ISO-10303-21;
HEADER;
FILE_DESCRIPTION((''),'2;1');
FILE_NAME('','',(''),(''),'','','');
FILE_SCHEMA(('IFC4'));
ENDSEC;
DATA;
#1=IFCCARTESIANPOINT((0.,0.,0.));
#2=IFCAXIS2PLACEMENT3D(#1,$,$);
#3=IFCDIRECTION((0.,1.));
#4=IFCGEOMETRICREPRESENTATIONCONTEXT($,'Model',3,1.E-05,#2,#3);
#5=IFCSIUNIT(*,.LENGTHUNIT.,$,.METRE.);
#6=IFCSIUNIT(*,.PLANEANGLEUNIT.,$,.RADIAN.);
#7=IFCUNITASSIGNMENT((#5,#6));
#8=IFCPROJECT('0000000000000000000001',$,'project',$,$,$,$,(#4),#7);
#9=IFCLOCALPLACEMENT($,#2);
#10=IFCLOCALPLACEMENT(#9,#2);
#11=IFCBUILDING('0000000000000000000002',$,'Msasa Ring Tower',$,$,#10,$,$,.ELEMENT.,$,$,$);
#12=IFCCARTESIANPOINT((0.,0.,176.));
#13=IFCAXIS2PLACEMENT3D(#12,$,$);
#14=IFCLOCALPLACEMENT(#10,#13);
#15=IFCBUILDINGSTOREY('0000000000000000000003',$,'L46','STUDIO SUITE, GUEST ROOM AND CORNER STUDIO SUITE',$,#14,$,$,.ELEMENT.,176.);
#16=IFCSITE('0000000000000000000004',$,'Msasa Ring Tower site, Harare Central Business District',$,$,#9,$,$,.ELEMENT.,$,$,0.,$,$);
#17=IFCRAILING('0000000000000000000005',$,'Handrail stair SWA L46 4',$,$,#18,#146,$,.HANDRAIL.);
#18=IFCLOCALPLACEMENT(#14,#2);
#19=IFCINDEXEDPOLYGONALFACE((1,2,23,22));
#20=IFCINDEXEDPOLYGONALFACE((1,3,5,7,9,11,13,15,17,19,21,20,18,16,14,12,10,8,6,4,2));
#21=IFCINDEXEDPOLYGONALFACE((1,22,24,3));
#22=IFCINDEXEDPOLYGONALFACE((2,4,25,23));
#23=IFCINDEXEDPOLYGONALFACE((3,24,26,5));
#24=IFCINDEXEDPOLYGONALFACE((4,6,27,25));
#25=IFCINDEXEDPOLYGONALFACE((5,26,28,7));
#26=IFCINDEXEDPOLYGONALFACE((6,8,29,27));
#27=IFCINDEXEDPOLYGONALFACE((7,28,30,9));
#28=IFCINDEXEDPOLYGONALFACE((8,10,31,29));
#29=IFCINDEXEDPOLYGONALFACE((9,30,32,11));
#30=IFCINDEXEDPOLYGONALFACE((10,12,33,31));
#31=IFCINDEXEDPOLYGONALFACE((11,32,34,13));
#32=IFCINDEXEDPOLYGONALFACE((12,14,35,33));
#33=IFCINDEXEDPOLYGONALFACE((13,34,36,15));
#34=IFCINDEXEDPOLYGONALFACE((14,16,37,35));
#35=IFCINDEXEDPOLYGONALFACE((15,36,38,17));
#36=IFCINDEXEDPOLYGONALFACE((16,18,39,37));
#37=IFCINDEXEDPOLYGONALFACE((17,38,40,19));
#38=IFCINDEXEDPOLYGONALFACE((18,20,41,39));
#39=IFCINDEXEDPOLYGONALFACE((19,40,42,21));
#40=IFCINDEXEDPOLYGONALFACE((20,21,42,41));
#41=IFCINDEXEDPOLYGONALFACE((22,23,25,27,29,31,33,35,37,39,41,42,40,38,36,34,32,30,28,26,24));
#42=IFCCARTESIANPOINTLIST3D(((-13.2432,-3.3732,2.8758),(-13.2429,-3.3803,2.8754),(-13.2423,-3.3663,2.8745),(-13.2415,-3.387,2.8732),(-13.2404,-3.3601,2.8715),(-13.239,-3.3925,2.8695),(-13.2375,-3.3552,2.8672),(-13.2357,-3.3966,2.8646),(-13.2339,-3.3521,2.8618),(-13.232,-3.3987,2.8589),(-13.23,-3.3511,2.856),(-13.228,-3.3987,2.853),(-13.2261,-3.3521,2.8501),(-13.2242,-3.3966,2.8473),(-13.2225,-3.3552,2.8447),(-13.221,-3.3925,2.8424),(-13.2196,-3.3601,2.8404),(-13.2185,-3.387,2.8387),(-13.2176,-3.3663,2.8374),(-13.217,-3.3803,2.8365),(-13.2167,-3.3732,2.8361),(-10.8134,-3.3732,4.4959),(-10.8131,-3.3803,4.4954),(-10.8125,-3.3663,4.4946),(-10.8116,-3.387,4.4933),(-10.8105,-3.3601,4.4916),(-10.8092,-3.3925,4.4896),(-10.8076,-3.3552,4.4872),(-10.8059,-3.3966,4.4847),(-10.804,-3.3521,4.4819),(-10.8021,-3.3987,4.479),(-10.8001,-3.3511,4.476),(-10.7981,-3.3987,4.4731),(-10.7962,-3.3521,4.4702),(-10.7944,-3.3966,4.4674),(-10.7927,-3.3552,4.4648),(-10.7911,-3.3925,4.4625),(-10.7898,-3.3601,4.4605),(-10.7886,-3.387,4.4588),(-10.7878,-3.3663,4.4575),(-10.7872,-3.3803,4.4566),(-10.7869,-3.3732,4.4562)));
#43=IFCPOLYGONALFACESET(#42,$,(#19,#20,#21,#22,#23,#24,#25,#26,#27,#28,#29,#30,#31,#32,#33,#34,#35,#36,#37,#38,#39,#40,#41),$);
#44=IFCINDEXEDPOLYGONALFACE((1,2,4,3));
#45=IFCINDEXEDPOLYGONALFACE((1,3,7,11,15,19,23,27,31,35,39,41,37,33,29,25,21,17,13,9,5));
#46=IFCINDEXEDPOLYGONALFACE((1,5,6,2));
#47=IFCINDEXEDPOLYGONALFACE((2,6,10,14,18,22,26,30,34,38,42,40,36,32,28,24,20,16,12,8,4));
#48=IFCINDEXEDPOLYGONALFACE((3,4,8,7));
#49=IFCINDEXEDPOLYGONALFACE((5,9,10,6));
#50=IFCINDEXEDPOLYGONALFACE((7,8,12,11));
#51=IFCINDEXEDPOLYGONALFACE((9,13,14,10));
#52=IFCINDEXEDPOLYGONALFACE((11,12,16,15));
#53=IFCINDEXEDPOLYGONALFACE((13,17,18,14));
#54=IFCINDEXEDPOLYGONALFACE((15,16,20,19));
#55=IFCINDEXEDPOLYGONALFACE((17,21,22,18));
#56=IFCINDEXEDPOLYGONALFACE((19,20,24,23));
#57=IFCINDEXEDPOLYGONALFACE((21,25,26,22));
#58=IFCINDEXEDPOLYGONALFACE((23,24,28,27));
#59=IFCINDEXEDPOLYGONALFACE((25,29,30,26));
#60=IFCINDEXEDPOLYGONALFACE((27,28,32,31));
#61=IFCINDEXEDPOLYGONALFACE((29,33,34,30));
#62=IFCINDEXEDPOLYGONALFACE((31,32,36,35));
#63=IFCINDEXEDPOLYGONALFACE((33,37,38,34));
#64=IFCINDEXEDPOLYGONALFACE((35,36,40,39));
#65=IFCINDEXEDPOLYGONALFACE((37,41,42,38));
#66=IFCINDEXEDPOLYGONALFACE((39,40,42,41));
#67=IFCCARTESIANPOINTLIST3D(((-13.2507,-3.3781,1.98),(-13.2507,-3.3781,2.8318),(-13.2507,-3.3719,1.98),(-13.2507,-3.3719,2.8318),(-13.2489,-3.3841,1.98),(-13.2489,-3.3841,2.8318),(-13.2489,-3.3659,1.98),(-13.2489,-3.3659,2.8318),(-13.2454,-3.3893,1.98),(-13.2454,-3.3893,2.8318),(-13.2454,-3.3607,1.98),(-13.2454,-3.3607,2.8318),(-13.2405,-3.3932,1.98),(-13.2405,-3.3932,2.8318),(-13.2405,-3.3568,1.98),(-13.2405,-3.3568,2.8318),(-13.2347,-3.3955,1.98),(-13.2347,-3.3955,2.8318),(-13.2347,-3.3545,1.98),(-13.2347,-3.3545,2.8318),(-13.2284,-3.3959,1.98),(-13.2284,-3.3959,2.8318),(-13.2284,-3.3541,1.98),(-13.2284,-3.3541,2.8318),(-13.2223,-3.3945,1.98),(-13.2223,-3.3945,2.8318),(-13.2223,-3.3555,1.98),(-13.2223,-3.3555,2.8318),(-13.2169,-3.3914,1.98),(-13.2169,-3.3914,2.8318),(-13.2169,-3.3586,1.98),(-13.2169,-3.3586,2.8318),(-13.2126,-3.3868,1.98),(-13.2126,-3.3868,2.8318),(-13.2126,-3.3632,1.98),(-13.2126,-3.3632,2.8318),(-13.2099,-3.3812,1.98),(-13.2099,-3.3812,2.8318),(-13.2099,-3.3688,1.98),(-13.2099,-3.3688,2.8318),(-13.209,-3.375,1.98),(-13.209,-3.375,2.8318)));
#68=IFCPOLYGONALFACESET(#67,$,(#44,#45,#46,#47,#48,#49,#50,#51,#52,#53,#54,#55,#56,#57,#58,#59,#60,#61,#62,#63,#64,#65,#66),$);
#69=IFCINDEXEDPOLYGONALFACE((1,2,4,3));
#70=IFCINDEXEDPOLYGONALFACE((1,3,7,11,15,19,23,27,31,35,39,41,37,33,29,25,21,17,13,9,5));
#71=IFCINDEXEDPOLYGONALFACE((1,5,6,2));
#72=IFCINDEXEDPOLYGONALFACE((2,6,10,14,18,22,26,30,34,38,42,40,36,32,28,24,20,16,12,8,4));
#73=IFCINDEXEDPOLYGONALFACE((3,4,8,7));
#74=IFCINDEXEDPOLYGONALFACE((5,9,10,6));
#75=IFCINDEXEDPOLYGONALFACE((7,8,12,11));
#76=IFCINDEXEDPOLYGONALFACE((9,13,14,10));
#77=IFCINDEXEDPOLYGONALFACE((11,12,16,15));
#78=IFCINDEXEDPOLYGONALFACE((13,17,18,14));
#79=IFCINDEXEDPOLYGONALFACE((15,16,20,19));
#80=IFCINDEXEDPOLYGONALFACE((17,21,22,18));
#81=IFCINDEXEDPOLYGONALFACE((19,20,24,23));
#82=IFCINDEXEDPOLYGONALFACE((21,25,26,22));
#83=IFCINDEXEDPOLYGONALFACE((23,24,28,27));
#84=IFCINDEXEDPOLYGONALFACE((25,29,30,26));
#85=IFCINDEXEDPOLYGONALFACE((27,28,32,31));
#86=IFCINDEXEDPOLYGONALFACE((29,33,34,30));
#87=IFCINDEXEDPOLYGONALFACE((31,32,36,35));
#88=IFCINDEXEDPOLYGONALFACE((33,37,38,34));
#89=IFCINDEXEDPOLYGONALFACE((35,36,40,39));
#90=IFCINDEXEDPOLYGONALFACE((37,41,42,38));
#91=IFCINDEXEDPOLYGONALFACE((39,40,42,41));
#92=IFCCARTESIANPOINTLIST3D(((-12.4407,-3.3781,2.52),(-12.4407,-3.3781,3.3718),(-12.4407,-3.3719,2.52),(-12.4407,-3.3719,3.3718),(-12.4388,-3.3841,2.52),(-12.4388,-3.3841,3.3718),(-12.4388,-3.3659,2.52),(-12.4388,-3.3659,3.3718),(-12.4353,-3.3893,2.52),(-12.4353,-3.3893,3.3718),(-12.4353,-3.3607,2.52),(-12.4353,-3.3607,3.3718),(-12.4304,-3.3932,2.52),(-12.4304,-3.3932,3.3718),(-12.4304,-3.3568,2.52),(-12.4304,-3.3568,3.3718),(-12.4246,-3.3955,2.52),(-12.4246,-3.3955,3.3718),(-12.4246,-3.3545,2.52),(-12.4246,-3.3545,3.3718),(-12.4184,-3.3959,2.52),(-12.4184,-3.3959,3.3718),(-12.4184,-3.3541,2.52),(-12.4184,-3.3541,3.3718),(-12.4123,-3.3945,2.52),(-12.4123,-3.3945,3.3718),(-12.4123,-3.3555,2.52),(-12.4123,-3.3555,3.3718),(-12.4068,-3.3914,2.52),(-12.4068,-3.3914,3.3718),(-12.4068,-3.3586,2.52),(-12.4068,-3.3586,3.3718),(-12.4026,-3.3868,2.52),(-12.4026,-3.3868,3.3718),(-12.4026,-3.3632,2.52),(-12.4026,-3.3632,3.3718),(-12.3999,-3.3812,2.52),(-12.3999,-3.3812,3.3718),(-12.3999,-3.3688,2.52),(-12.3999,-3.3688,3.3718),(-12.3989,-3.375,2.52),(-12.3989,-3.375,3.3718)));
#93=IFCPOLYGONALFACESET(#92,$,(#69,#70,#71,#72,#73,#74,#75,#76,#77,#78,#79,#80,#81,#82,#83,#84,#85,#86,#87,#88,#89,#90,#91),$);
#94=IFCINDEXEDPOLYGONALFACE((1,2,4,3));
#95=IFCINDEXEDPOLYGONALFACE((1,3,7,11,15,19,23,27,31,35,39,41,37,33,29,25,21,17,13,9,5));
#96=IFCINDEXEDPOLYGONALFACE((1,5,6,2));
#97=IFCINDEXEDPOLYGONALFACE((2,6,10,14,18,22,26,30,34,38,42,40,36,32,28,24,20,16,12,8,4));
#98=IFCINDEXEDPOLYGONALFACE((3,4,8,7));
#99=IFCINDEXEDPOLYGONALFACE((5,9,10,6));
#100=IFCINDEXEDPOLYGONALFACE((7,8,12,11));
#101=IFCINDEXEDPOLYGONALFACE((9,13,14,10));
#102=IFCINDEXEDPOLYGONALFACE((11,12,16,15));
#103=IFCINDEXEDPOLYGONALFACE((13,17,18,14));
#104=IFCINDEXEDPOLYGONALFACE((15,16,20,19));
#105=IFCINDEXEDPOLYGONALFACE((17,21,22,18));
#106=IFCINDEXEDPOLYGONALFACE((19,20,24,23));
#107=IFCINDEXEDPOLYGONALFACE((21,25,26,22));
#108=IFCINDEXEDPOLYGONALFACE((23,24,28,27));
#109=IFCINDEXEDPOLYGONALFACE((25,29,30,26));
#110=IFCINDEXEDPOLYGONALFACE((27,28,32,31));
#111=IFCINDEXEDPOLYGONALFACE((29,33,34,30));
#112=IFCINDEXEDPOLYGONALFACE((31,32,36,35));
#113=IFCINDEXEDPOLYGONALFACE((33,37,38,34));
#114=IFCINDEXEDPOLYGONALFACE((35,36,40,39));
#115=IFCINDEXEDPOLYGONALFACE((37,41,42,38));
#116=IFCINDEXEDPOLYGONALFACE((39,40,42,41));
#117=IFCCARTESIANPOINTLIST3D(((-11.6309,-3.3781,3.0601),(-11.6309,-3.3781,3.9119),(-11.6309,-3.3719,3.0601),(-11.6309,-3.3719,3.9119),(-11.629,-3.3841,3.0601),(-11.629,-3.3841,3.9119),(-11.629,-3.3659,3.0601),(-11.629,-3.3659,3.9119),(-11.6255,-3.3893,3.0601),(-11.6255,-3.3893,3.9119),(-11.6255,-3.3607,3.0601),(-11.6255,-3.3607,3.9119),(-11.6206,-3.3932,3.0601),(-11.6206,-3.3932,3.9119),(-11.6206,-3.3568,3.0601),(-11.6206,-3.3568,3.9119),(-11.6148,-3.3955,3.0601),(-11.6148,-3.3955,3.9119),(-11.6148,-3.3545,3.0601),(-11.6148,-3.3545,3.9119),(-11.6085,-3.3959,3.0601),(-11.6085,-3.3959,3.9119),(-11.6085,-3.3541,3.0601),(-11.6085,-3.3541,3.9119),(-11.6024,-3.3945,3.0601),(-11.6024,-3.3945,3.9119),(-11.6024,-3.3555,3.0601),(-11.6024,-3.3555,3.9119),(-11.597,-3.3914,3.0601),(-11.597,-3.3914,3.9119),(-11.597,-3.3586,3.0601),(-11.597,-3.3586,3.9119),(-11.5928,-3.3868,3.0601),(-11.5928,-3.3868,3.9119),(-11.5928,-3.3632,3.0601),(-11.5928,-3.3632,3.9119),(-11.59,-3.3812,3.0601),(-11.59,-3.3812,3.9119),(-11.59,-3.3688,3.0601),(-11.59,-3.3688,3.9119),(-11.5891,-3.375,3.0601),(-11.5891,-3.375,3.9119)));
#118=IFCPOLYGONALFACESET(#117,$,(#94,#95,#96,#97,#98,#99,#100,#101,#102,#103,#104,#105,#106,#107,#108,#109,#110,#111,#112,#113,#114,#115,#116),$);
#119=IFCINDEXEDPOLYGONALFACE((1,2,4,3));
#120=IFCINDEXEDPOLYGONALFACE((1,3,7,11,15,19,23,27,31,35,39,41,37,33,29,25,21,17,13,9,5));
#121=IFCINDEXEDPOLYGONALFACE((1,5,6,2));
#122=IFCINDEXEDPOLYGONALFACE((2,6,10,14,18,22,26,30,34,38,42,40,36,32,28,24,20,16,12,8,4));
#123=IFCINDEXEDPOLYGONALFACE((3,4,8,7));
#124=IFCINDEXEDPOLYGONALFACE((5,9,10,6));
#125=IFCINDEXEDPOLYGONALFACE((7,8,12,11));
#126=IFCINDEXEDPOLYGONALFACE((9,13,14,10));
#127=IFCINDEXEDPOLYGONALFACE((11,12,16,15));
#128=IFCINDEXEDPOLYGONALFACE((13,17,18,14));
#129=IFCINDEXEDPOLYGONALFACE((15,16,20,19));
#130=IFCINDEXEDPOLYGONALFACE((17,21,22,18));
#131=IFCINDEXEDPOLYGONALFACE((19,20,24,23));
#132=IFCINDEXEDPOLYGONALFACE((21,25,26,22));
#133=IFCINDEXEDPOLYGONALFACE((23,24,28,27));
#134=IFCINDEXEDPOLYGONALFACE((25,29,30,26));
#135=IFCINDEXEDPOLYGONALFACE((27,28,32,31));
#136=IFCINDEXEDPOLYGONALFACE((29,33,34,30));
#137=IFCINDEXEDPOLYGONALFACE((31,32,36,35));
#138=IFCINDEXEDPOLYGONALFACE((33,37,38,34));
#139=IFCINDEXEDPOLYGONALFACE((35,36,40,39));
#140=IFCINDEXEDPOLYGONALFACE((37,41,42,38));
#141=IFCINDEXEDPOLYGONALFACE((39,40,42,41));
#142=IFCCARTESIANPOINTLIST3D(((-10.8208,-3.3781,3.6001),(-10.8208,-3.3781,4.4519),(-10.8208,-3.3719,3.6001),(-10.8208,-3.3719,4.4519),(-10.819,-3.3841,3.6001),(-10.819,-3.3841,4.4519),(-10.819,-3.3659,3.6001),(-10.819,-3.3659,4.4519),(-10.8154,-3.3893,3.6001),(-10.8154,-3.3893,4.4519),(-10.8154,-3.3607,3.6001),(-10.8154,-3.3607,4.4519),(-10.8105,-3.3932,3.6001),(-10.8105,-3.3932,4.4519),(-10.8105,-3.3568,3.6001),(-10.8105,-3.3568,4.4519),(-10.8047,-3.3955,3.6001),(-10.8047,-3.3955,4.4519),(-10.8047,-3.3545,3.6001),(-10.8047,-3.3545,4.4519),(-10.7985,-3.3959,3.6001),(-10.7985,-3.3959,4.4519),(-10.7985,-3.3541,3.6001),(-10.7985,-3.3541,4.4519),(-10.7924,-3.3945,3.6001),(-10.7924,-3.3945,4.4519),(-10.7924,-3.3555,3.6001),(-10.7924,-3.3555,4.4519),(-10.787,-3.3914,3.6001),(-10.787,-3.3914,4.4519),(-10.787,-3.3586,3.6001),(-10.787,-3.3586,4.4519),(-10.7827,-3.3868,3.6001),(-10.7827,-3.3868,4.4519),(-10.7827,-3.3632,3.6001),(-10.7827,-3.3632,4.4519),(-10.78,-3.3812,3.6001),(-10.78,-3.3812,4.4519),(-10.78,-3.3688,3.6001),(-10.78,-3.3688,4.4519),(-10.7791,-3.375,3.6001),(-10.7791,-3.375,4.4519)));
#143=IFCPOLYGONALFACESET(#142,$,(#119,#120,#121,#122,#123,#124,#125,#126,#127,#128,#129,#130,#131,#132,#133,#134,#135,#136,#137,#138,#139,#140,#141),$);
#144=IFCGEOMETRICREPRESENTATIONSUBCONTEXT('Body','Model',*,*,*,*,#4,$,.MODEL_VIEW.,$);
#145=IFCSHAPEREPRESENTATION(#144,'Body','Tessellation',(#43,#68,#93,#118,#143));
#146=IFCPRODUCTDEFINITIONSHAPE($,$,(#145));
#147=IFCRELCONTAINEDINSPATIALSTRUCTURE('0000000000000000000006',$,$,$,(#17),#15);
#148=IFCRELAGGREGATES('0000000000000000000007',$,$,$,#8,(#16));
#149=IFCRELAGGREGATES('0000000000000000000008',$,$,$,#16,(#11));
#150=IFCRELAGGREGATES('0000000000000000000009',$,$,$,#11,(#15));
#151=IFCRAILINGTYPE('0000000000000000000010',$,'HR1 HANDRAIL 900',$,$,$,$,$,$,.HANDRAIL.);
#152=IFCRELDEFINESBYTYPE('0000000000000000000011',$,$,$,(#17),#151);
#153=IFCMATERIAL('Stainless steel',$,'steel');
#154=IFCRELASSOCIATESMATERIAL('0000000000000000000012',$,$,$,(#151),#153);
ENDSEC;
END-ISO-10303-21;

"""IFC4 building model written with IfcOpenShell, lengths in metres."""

from ifc_helpers import new_model, si_unit, direction, frame, origin, origin_2d, place, context, subcontext, project, spatial, circle, extrude, material, type_object, element, save


model = new_model("IFC4")

# Units and contexts
model_context = context("Model", 3, precision=1e-05, world=origin(), true_north=direction((0.0, 1.0)))
body_context = subcontext(model_context, "Body", "Model", "MODEL_VIEW")
ifc_project = project(units=[si_unit("LENGTHUNIT", "METRE"), si_unit("PLANEANGLEUNIT", "RADIAN")], contexts=[model_context])

# Site, building, storey
site_placement = place(None, origin())
site = spatial("IfcSite", under=ifc_project, at=site_placement, Name="Msasa Ring Tower site, Harare Central Business District", CompositionType="ELEMENT", RefElevation=0.0)
building_placement = place(site_placement, origin())
building = spatial("IfcBuilding", under=site, at=building_placement, Name="Msasa Ring Tower", CompositionType="ELEMENT")
storey_placement = place(building_placement, frame((0.0, 0.0, 176.0)))
storey = spatial("IfcBuildingStorey", under=building, at=storey_placement, Name="L46", Description="STUDIO SUITE, GUEST ROOM AND CORNER STUDIO SUITE", CompositionType="ELEMENT", Elevation=176.0)

# Railing
ifc_material_1 = material(Name="Stainless steel", Category="steel")
railing_type = type_object("IfcRailingType", Name="HR1 HANDRAIL 900", PredefinedType="HANDRAIL", material=ifc_material_1)
for number, where, name in (
    (1, (-13.23, -3.375, 1.98), "Handrail stair SWA L46 4"),
):
    element("IfcRailing", number, at=place(storey_placement, frame(where)), inside=storey, type_object=railing_type, Name=name, PredefinedType="HANDRAIL", context=body_context, shape_type="SweptSolid", body=[
        extrude(circle(Radius=0.0239, at=origin_2d()), frame((0.0, 0.0, 0.876), z_axis=(0.832025, 0.0, 0.554739), x_axis=(0.0, 1.0, 0.0)), (0.0, 0.0, 1.0), 2.9204),
        extrude(circle(Radius=0.021, at=origin_2d()), origin(), (0.0, 0.0, 1.0), 0.8518),
        extrude(circle(Radius=0.021, at=origin_2d()), frame((0.8101, 0.0, 0.54)), (0.0, 0.0, 1.0), 0.8518),
        extrude(circle(Radius=0.021, at=origin_2d()), frame((1.6199, 0.0, 1.0801)), (0.0, 0.0, 1.0), 0.8518),
        extrude(circle(Radius=0.021, at=origin_2d()), frame((2.4299, 0.0, 1.6201)), (0.0, 0.0, 1.0), 0.8518),
    ])

save(model, "model.ifc")
